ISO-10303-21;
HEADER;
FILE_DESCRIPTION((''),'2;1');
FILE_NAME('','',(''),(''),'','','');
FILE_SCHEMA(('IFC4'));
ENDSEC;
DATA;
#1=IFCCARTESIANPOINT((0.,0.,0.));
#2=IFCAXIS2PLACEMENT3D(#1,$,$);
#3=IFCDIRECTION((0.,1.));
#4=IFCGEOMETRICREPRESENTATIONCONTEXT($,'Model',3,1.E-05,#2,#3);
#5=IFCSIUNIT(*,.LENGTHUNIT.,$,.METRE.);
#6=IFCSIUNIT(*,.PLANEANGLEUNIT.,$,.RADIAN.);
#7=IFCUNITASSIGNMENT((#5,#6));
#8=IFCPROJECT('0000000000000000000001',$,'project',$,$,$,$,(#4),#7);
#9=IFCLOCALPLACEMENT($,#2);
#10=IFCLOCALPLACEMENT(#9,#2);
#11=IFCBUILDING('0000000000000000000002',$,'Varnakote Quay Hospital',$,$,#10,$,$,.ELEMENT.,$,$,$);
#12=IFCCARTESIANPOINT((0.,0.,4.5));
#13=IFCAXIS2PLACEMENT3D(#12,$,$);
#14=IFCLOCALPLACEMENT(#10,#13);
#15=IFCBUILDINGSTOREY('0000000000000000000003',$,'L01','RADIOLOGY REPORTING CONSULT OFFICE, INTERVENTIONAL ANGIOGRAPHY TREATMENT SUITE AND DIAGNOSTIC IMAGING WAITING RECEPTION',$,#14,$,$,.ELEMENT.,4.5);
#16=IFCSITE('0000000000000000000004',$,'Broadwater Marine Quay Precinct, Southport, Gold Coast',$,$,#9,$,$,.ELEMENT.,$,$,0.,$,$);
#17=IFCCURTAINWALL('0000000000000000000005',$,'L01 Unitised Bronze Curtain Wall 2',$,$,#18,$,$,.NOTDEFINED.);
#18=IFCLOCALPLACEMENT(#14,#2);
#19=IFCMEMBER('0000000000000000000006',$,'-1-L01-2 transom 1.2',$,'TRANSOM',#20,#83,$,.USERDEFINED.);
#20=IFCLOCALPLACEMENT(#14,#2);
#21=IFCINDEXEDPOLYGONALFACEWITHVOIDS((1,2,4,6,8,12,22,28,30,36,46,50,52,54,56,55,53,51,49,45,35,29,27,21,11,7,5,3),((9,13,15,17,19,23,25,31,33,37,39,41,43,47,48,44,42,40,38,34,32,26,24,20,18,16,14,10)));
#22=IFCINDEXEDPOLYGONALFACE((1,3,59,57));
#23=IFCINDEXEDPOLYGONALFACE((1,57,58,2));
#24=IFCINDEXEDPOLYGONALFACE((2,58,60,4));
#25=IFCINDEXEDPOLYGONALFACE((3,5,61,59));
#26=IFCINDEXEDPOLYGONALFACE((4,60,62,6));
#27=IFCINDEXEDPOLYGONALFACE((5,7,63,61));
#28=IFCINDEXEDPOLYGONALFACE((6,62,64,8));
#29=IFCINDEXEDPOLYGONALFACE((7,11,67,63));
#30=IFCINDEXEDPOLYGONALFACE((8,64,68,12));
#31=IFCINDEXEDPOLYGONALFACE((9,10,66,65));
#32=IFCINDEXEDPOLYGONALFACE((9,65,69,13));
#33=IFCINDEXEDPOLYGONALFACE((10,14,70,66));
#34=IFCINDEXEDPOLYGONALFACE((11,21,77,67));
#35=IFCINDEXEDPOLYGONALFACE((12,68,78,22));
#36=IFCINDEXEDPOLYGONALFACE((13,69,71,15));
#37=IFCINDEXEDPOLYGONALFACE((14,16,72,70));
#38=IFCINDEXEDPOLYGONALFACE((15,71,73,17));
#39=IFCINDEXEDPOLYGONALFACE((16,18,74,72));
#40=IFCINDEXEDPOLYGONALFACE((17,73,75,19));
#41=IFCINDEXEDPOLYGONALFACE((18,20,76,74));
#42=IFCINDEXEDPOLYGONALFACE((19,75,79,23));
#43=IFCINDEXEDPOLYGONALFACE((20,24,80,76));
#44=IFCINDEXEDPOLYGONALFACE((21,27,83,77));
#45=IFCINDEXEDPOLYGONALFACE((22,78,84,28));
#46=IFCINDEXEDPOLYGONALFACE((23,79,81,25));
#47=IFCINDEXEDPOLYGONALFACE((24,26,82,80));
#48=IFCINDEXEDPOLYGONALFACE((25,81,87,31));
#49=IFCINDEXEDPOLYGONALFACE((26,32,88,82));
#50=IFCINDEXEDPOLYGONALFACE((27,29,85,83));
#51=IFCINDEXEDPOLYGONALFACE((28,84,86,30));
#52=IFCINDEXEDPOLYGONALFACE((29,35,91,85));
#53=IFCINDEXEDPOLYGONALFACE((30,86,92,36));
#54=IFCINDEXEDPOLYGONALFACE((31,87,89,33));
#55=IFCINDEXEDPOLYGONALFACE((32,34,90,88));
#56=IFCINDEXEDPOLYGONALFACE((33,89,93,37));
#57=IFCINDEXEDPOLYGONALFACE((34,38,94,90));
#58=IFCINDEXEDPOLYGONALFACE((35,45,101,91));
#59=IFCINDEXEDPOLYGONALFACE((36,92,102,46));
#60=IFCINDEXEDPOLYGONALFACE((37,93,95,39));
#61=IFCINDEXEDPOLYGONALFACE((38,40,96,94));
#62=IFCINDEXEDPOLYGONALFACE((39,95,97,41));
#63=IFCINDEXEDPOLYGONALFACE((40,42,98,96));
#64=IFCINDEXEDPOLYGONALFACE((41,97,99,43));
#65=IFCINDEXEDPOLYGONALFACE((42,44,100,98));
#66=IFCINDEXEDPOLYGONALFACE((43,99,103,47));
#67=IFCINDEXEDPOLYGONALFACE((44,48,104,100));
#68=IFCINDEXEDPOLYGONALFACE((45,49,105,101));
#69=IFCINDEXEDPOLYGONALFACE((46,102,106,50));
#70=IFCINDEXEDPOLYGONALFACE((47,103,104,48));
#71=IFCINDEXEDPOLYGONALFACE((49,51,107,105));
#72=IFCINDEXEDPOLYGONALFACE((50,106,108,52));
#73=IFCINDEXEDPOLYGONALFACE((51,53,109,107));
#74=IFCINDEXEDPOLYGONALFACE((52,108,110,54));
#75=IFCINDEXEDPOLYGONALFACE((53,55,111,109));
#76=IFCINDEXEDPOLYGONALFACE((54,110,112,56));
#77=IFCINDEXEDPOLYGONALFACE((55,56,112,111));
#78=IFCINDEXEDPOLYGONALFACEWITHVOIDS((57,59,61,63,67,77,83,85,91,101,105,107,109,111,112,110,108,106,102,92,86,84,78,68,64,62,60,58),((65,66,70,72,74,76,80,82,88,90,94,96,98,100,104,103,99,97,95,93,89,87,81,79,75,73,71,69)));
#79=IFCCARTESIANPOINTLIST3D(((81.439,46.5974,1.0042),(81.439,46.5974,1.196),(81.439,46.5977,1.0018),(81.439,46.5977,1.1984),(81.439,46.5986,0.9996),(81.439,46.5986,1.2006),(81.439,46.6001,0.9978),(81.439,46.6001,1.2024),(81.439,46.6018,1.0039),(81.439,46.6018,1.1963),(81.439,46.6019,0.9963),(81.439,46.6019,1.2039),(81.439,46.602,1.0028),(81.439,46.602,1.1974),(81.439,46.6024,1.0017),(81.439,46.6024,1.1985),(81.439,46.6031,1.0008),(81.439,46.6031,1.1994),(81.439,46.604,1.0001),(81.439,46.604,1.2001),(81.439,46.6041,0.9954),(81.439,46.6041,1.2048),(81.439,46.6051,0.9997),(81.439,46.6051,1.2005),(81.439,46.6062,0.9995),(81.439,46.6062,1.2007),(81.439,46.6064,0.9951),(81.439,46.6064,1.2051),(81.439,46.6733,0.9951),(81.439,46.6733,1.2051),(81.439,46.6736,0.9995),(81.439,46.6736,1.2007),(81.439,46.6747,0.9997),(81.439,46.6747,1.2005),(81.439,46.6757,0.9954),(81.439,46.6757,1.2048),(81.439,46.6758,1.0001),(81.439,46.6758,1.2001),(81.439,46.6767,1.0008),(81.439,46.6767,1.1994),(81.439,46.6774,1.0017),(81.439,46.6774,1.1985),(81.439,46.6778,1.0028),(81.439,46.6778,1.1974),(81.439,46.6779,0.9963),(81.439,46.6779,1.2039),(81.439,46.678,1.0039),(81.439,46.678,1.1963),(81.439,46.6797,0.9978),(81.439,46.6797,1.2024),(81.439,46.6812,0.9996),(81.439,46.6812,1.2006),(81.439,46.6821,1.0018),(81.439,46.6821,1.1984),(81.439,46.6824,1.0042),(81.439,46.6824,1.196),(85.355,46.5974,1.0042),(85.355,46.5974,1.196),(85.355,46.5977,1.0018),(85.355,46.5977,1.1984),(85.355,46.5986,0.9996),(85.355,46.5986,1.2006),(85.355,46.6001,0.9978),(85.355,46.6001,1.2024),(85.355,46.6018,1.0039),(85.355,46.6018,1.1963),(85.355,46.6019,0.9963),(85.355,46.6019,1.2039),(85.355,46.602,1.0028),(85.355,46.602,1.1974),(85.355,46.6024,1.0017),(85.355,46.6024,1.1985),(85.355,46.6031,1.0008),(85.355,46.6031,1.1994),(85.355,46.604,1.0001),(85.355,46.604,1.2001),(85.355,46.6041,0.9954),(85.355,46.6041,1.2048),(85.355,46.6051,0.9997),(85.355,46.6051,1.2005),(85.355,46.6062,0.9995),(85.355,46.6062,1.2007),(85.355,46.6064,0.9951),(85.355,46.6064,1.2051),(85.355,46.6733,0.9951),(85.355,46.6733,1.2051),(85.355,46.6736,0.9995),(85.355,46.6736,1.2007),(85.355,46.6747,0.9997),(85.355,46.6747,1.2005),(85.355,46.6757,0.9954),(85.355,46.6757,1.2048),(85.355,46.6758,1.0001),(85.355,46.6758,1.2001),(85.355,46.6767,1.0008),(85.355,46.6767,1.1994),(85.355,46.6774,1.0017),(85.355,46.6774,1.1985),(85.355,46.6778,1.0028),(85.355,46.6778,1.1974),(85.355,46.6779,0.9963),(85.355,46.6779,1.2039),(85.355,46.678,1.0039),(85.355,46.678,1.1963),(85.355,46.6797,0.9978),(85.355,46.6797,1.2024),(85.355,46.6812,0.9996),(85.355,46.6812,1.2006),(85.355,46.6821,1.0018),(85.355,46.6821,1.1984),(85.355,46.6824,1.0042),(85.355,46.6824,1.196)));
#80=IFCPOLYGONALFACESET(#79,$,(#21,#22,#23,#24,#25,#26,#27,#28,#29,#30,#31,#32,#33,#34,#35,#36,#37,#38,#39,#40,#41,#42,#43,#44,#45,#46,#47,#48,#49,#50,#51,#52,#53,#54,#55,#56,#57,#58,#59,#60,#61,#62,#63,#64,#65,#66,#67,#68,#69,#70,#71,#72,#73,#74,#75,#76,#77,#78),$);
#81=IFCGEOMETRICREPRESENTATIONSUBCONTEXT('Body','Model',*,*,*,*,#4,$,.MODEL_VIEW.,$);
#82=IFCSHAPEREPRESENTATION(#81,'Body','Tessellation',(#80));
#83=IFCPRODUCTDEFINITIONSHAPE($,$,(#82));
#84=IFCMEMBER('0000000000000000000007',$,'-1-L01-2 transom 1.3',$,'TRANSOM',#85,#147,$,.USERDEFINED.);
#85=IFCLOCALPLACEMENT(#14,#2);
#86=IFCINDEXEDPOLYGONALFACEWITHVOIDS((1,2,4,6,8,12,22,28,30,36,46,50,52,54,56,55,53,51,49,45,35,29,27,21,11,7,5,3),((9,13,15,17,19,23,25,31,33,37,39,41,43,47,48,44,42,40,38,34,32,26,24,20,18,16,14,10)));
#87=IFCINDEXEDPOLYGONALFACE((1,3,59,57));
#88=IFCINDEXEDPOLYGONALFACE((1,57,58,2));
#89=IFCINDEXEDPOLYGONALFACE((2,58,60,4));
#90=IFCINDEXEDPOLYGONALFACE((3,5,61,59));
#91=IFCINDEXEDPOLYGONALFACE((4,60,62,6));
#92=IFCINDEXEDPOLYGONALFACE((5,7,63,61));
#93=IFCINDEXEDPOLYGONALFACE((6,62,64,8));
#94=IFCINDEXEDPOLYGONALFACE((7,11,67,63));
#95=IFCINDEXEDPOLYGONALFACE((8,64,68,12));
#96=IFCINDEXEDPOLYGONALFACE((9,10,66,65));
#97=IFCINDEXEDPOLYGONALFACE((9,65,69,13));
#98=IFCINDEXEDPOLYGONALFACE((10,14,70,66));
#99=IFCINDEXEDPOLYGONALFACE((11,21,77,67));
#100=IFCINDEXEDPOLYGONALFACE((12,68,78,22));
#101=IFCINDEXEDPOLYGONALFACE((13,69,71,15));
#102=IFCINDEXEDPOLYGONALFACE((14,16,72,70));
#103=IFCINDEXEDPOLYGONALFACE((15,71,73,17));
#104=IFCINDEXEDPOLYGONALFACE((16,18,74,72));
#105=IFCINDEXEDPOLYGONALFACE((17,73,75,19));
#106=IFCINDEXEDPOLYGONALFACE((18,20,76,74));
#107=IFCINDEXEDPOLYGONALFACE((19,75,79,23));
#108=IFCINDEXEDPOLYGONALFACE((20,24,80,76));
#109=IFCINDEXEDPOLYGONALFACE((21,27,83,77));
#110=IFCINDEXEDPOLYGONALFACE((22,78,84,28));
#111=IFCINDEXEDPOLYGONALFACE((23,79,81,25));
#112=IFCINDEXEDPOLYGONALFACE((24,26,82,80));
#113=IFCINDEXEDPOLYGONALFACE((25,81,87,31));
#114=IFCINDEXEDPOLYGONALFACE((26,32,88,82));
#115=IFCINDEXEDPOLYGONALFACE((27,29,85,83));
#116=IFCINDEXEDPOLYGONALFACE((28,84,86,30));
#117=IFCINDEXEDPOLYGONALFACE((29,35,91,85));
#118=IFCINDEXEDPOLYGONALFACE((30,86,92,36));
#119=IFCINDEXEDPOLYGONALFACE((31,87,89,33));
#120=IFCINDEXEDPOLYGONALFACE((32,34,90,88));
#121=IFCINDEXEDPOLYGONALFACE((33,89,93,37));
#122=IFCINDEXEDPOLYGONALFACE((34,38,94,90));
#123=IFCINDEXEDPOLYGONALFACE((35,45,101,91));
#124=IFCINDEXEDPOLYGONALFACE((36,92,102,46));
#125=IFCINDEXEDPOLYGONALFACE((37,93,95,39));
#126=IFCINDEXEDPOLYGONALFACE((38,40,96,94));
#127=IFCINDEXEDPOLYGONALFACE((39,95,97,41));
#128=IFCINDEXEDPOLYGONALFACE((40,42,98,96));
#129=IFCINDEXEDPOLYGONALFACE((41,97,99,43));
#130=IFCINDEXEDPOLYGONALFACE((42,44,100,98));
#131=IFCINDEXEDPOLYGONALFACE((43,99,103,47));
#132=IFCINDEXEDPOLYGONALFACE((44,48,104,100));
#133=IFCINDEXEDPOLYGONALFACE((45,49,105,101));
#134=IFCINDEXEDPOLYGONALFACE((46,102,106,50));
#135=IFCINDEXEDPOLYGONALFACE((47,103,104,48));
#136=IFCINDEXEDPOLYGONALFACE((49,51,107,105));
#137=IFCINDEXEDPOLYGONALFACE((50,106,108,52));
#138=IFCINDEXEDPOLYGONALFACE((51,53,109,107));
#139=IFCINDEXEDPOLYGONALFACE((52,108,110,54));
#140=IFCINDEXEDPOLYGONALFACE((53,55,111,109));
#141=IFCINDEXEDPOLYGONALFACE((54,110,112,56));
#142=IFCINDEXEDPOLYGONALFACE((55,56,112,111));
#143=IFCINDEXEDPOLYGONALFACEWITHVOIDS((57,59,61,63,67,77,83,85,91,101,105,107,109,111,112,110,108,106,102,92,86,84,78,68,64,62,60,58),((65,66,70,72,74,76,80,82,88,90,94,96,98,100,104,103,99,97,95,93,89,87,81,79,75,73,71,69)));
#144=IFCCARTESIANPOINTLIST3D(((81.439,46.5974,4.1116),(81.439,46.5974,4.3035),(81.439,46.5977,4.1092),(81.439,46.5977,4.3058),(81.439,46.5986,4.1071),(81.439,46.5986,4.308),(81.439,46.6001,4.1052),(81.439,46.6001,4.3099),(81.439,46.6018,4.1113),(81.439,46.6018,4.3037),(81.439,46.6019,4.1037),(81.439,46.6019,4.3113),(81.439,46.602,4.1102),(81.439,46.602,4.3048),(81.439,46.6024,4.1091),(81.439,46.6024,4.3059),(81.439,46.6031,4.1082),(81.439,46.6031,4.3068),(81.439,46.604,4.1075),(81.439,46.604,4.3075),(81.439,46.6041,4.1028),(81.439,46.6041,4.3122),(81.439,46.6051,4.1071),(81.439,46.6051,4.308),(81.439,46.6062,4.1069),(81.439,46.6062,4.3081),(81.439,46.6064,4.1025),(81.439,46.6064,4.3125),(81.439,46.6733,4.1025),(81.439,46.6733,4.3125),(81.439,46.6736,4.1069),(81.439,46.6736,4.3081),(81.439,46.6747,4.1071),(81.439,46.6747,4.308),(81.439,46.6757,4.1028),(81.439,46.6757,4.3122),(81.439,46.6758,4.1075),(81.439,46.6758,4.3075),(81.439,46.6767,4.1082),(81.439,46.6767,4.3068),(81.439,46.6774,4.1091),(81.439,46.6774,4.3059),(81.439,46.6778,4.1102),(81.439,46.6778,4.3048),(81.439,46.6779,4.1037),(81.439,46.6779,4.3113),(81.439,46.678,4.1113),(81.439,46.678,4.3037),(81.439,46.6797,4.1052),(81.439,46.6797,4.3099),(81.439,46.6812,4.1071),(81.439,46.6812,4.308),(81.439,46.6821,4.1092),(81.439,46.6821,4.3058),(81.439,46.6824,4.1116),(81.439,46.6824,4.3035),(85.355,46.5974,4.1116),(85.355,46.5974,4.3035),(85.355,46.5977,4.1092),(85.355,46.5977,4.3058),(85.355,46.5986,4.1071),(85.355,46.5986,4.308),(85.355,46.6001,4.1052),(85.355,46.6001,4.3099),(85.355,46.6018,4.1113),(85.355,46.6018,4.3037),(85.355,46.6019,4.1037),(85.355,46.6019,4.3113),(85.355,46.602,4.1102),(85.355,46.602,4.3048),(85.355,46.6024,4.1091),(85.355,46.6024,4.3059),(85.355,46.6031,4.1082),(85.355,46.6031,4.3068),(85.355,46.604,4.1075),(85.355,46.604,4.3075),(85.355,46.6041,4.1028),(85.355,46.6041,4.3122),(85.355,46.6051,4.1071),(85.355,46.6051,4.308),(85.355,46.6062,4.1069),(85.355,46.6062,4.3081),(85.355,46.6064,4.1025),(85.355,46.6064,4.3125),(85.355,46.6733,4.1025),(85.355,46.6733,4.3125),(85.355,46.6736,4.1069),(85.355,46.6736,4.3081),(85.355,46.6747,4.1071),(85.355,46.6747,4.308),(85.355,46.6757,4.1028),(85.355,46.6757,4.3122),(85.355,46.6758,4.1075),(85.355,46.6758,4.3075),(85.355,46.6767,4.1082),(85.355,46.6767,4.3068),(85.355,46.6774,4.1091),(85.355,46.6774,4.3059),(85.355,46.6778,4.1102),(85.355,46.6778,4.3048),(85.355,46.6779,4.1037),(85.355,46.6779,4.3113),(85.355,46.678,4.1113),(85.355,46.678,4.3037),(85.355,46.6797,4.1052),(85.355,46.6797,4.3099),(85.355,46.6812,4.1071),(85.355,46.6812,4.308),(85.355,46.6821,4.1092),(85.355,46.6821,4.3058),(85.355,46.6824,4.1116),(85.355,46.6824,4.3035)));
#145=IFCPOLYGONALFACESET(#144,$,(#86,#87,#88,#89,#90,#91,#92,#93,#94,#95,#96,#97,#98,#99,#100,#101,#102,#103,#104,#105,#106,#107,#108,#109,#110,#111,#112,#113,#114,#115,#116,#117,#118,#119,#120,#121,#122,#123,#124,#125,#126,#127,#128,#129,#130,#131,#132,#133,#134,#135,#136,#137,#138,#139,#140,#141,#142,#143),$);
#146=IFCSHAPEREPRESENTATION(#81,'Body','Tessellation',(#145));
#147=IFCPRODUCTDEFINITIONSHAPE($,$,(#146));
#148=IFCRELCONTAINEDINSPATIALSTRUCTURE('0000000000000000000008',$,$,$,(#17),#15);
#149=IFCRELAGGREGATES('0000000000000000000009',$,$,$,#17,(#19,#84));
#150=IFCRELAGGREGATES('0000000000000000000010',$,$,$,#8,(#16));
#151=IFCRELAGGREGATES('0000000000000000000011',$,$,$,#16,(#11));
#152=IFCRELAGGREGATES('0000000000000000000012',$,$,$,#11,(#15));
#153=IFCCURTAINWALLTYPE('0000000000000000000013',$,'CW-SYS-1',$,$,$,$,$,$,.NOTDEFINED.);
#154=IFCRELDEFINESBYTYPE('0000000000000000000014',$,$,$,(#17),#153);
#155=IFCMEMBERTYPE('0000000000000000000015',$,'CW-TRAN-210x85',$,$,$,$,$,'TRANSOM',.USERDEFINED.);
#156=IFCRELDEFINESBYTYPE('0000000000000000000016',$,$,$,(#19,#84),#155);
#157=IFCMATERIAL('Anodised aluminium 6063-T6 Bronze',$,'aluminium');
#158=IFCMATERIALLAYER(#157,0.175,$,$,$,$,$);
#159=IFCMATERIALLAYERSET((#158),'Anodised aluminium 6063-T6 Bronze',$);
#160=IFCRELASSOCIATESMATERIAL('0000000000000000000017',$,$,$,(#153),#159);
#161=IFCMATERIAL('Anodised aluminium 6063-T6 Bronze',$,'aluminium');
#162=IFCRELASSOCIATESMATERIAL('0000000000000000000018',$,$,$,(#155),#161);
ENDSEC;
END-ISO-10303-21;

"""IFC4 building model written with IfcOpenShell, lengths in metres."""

from ifc_helpers import new_model, si_unit, direction, frame, origin, origin_2d, place, context, subcontext, project, spatial, hollow_rectangle, extrude, material, layer, layer_set, material_profile, profile_set, type_object, element, aggregate, save


model = new_model("IFC4")

# Units and contexts
model_context = context("Model", 3, precision=1e-05, world=origin(), true_north=direction((0.0, 1.0)))
body_context = subcontext(model_context, "Body", "Model", "MODEL_VIEW")
ifc_project = project(units=[si_unit("LENGTHUNIT", "METRE"), si_unit("PLANEANGLEUNIT", "RADIAN")], contexts=[model_context])

# Site, building, storey
site_placement = place(None, origin())
site = spatial("IfcSite", under=ifc_project, at=site_placement, Name="Broadwater Marine Quay Precinct, Southport, Gold Coast", CompositionType="ELEMENT", RefElevation=0.0)
building_placement = place(site_placement, origin())
building = spatial("IfcBuilding", under=site, at=building_placement, Name="Varnakote Quay Hospital", CompositionType="ELEMENT")
storey_placement = place(building_placement, frame((0.0, 0.0, 4.5)))
storey = spatial("IfcBuildingStorey", under=building, at=storey_placement, Name="L01", Description="RADIOLOGY REPORTING CONSULT OFFICE, INTERVENTIONAL ANGIOGRAPHY TREATMENT SUITE AND DIAGNOSTIC IMAGING WAITING RECEPTION", CompositionType="ELEMENT", Elevation=4.5)

# Shared definitions
ifc_material_1 = material(Name="Anodised aluminium 6063-T6 Bronze", Category="aluminium")
ifc_layer_1 = layer(ifc_material_1, 0.175)
ifc_layer_set_1 = layer_set([ifc_layer_1], Name="Anodised aluminium 6063-T6 Bronze")
curtain_wall_type = type_object("IfcCurtainWallType", Name="CW-SYS-1", PredefinedType="NOTDEFINED", material=ifc_layer_set_1)

# Curtain wall, members
curtain_wall_1_placement = place(storey_placement, origin())
curtain_wall_1 = element("IfcCurtainWall", 1, at=curtain_wall_1_placement, inside=storey, type_object=curtain_wall_type, Name="L01 Unitised Bronze Curtain Wall 2", PredefinedType="NOTDEFINED")
ifc_material_2 = material(Name="Anodised aluminium 6063-T6 Bronze", Category="aluminium")
ifc_material_profile_1 = material_profile(ifc_material_2, hollow_rectangle(XDim=0.085, YDim=0.21, WallThickness=0.0044, InnerFilletRadius=0.0044, OuterFilletRadius=0.009, at=origin_2d()), Name="CW-TRAN-210x85")
ifc_profile_set_1 = profile_set([ifc_material_profile_1], Name="Anodised aluminium 6063-T6 Bronze")
member_type_1 = type_object("IfcMemberType", Name="CW-TRAN-210x85", ElementType="TRANSOM", PredefinedType="USERDEFINED", material=ifc_profile_set_1)
member_1_placement = place(storey_placement, frame((85.355, 46.6399, 1.1001), z_axis=(-1.0, 0.0, 0.0), x_axis=(0.0, -1.0, 0.0)))
member_1 = element("IfcMember", 2, at=member_1_placement, type_object=member_type_1, Name="-1-L01-2 transom 1.2", ObjectType="TRANSOM", PredefinedType="USERDEFINED", context=body_context, shape_type="SweptSolid", body=[
    extrude(hollow_rectangle(XDim=0.085, YDim=0.21, WallThickness=0.0044, InnerFilletRadius=0.0044, OuterFilletRadius=0.009, at=origin_2d()), origin(), (0.0, 0.0, 1.0), 3.916),
])
member_2_placement = place(storey_placement, frame((85.355, 46.6399, 4.2075), z_axis=(-1.0, 0.0, 0.0), x_axis=(0.0, -1.0, 0.0)))
member_2 = element("IfcMember", 3, at=member_2_placement, type_object=member_type_1, Name="-1-L01-2 transom 1.3", ObjectType="TRANSOM", PredefinedType="USERDEFINED", context=body_context, shape_type="SweptSolid", body=[
    extrude(hollow_rectangle(XDim=0.085, YDim=0.21, WallThickness=0.0044, InnerFilletRadius=0.0044, OuterFilletRadius=0.009, at=origin_2d()), origin(), (0.0, 0.0, 1.0), 3.916),
])

aggregate(curtain_wall_1, [member_1, member_2])

save(model, "model.ifc")
